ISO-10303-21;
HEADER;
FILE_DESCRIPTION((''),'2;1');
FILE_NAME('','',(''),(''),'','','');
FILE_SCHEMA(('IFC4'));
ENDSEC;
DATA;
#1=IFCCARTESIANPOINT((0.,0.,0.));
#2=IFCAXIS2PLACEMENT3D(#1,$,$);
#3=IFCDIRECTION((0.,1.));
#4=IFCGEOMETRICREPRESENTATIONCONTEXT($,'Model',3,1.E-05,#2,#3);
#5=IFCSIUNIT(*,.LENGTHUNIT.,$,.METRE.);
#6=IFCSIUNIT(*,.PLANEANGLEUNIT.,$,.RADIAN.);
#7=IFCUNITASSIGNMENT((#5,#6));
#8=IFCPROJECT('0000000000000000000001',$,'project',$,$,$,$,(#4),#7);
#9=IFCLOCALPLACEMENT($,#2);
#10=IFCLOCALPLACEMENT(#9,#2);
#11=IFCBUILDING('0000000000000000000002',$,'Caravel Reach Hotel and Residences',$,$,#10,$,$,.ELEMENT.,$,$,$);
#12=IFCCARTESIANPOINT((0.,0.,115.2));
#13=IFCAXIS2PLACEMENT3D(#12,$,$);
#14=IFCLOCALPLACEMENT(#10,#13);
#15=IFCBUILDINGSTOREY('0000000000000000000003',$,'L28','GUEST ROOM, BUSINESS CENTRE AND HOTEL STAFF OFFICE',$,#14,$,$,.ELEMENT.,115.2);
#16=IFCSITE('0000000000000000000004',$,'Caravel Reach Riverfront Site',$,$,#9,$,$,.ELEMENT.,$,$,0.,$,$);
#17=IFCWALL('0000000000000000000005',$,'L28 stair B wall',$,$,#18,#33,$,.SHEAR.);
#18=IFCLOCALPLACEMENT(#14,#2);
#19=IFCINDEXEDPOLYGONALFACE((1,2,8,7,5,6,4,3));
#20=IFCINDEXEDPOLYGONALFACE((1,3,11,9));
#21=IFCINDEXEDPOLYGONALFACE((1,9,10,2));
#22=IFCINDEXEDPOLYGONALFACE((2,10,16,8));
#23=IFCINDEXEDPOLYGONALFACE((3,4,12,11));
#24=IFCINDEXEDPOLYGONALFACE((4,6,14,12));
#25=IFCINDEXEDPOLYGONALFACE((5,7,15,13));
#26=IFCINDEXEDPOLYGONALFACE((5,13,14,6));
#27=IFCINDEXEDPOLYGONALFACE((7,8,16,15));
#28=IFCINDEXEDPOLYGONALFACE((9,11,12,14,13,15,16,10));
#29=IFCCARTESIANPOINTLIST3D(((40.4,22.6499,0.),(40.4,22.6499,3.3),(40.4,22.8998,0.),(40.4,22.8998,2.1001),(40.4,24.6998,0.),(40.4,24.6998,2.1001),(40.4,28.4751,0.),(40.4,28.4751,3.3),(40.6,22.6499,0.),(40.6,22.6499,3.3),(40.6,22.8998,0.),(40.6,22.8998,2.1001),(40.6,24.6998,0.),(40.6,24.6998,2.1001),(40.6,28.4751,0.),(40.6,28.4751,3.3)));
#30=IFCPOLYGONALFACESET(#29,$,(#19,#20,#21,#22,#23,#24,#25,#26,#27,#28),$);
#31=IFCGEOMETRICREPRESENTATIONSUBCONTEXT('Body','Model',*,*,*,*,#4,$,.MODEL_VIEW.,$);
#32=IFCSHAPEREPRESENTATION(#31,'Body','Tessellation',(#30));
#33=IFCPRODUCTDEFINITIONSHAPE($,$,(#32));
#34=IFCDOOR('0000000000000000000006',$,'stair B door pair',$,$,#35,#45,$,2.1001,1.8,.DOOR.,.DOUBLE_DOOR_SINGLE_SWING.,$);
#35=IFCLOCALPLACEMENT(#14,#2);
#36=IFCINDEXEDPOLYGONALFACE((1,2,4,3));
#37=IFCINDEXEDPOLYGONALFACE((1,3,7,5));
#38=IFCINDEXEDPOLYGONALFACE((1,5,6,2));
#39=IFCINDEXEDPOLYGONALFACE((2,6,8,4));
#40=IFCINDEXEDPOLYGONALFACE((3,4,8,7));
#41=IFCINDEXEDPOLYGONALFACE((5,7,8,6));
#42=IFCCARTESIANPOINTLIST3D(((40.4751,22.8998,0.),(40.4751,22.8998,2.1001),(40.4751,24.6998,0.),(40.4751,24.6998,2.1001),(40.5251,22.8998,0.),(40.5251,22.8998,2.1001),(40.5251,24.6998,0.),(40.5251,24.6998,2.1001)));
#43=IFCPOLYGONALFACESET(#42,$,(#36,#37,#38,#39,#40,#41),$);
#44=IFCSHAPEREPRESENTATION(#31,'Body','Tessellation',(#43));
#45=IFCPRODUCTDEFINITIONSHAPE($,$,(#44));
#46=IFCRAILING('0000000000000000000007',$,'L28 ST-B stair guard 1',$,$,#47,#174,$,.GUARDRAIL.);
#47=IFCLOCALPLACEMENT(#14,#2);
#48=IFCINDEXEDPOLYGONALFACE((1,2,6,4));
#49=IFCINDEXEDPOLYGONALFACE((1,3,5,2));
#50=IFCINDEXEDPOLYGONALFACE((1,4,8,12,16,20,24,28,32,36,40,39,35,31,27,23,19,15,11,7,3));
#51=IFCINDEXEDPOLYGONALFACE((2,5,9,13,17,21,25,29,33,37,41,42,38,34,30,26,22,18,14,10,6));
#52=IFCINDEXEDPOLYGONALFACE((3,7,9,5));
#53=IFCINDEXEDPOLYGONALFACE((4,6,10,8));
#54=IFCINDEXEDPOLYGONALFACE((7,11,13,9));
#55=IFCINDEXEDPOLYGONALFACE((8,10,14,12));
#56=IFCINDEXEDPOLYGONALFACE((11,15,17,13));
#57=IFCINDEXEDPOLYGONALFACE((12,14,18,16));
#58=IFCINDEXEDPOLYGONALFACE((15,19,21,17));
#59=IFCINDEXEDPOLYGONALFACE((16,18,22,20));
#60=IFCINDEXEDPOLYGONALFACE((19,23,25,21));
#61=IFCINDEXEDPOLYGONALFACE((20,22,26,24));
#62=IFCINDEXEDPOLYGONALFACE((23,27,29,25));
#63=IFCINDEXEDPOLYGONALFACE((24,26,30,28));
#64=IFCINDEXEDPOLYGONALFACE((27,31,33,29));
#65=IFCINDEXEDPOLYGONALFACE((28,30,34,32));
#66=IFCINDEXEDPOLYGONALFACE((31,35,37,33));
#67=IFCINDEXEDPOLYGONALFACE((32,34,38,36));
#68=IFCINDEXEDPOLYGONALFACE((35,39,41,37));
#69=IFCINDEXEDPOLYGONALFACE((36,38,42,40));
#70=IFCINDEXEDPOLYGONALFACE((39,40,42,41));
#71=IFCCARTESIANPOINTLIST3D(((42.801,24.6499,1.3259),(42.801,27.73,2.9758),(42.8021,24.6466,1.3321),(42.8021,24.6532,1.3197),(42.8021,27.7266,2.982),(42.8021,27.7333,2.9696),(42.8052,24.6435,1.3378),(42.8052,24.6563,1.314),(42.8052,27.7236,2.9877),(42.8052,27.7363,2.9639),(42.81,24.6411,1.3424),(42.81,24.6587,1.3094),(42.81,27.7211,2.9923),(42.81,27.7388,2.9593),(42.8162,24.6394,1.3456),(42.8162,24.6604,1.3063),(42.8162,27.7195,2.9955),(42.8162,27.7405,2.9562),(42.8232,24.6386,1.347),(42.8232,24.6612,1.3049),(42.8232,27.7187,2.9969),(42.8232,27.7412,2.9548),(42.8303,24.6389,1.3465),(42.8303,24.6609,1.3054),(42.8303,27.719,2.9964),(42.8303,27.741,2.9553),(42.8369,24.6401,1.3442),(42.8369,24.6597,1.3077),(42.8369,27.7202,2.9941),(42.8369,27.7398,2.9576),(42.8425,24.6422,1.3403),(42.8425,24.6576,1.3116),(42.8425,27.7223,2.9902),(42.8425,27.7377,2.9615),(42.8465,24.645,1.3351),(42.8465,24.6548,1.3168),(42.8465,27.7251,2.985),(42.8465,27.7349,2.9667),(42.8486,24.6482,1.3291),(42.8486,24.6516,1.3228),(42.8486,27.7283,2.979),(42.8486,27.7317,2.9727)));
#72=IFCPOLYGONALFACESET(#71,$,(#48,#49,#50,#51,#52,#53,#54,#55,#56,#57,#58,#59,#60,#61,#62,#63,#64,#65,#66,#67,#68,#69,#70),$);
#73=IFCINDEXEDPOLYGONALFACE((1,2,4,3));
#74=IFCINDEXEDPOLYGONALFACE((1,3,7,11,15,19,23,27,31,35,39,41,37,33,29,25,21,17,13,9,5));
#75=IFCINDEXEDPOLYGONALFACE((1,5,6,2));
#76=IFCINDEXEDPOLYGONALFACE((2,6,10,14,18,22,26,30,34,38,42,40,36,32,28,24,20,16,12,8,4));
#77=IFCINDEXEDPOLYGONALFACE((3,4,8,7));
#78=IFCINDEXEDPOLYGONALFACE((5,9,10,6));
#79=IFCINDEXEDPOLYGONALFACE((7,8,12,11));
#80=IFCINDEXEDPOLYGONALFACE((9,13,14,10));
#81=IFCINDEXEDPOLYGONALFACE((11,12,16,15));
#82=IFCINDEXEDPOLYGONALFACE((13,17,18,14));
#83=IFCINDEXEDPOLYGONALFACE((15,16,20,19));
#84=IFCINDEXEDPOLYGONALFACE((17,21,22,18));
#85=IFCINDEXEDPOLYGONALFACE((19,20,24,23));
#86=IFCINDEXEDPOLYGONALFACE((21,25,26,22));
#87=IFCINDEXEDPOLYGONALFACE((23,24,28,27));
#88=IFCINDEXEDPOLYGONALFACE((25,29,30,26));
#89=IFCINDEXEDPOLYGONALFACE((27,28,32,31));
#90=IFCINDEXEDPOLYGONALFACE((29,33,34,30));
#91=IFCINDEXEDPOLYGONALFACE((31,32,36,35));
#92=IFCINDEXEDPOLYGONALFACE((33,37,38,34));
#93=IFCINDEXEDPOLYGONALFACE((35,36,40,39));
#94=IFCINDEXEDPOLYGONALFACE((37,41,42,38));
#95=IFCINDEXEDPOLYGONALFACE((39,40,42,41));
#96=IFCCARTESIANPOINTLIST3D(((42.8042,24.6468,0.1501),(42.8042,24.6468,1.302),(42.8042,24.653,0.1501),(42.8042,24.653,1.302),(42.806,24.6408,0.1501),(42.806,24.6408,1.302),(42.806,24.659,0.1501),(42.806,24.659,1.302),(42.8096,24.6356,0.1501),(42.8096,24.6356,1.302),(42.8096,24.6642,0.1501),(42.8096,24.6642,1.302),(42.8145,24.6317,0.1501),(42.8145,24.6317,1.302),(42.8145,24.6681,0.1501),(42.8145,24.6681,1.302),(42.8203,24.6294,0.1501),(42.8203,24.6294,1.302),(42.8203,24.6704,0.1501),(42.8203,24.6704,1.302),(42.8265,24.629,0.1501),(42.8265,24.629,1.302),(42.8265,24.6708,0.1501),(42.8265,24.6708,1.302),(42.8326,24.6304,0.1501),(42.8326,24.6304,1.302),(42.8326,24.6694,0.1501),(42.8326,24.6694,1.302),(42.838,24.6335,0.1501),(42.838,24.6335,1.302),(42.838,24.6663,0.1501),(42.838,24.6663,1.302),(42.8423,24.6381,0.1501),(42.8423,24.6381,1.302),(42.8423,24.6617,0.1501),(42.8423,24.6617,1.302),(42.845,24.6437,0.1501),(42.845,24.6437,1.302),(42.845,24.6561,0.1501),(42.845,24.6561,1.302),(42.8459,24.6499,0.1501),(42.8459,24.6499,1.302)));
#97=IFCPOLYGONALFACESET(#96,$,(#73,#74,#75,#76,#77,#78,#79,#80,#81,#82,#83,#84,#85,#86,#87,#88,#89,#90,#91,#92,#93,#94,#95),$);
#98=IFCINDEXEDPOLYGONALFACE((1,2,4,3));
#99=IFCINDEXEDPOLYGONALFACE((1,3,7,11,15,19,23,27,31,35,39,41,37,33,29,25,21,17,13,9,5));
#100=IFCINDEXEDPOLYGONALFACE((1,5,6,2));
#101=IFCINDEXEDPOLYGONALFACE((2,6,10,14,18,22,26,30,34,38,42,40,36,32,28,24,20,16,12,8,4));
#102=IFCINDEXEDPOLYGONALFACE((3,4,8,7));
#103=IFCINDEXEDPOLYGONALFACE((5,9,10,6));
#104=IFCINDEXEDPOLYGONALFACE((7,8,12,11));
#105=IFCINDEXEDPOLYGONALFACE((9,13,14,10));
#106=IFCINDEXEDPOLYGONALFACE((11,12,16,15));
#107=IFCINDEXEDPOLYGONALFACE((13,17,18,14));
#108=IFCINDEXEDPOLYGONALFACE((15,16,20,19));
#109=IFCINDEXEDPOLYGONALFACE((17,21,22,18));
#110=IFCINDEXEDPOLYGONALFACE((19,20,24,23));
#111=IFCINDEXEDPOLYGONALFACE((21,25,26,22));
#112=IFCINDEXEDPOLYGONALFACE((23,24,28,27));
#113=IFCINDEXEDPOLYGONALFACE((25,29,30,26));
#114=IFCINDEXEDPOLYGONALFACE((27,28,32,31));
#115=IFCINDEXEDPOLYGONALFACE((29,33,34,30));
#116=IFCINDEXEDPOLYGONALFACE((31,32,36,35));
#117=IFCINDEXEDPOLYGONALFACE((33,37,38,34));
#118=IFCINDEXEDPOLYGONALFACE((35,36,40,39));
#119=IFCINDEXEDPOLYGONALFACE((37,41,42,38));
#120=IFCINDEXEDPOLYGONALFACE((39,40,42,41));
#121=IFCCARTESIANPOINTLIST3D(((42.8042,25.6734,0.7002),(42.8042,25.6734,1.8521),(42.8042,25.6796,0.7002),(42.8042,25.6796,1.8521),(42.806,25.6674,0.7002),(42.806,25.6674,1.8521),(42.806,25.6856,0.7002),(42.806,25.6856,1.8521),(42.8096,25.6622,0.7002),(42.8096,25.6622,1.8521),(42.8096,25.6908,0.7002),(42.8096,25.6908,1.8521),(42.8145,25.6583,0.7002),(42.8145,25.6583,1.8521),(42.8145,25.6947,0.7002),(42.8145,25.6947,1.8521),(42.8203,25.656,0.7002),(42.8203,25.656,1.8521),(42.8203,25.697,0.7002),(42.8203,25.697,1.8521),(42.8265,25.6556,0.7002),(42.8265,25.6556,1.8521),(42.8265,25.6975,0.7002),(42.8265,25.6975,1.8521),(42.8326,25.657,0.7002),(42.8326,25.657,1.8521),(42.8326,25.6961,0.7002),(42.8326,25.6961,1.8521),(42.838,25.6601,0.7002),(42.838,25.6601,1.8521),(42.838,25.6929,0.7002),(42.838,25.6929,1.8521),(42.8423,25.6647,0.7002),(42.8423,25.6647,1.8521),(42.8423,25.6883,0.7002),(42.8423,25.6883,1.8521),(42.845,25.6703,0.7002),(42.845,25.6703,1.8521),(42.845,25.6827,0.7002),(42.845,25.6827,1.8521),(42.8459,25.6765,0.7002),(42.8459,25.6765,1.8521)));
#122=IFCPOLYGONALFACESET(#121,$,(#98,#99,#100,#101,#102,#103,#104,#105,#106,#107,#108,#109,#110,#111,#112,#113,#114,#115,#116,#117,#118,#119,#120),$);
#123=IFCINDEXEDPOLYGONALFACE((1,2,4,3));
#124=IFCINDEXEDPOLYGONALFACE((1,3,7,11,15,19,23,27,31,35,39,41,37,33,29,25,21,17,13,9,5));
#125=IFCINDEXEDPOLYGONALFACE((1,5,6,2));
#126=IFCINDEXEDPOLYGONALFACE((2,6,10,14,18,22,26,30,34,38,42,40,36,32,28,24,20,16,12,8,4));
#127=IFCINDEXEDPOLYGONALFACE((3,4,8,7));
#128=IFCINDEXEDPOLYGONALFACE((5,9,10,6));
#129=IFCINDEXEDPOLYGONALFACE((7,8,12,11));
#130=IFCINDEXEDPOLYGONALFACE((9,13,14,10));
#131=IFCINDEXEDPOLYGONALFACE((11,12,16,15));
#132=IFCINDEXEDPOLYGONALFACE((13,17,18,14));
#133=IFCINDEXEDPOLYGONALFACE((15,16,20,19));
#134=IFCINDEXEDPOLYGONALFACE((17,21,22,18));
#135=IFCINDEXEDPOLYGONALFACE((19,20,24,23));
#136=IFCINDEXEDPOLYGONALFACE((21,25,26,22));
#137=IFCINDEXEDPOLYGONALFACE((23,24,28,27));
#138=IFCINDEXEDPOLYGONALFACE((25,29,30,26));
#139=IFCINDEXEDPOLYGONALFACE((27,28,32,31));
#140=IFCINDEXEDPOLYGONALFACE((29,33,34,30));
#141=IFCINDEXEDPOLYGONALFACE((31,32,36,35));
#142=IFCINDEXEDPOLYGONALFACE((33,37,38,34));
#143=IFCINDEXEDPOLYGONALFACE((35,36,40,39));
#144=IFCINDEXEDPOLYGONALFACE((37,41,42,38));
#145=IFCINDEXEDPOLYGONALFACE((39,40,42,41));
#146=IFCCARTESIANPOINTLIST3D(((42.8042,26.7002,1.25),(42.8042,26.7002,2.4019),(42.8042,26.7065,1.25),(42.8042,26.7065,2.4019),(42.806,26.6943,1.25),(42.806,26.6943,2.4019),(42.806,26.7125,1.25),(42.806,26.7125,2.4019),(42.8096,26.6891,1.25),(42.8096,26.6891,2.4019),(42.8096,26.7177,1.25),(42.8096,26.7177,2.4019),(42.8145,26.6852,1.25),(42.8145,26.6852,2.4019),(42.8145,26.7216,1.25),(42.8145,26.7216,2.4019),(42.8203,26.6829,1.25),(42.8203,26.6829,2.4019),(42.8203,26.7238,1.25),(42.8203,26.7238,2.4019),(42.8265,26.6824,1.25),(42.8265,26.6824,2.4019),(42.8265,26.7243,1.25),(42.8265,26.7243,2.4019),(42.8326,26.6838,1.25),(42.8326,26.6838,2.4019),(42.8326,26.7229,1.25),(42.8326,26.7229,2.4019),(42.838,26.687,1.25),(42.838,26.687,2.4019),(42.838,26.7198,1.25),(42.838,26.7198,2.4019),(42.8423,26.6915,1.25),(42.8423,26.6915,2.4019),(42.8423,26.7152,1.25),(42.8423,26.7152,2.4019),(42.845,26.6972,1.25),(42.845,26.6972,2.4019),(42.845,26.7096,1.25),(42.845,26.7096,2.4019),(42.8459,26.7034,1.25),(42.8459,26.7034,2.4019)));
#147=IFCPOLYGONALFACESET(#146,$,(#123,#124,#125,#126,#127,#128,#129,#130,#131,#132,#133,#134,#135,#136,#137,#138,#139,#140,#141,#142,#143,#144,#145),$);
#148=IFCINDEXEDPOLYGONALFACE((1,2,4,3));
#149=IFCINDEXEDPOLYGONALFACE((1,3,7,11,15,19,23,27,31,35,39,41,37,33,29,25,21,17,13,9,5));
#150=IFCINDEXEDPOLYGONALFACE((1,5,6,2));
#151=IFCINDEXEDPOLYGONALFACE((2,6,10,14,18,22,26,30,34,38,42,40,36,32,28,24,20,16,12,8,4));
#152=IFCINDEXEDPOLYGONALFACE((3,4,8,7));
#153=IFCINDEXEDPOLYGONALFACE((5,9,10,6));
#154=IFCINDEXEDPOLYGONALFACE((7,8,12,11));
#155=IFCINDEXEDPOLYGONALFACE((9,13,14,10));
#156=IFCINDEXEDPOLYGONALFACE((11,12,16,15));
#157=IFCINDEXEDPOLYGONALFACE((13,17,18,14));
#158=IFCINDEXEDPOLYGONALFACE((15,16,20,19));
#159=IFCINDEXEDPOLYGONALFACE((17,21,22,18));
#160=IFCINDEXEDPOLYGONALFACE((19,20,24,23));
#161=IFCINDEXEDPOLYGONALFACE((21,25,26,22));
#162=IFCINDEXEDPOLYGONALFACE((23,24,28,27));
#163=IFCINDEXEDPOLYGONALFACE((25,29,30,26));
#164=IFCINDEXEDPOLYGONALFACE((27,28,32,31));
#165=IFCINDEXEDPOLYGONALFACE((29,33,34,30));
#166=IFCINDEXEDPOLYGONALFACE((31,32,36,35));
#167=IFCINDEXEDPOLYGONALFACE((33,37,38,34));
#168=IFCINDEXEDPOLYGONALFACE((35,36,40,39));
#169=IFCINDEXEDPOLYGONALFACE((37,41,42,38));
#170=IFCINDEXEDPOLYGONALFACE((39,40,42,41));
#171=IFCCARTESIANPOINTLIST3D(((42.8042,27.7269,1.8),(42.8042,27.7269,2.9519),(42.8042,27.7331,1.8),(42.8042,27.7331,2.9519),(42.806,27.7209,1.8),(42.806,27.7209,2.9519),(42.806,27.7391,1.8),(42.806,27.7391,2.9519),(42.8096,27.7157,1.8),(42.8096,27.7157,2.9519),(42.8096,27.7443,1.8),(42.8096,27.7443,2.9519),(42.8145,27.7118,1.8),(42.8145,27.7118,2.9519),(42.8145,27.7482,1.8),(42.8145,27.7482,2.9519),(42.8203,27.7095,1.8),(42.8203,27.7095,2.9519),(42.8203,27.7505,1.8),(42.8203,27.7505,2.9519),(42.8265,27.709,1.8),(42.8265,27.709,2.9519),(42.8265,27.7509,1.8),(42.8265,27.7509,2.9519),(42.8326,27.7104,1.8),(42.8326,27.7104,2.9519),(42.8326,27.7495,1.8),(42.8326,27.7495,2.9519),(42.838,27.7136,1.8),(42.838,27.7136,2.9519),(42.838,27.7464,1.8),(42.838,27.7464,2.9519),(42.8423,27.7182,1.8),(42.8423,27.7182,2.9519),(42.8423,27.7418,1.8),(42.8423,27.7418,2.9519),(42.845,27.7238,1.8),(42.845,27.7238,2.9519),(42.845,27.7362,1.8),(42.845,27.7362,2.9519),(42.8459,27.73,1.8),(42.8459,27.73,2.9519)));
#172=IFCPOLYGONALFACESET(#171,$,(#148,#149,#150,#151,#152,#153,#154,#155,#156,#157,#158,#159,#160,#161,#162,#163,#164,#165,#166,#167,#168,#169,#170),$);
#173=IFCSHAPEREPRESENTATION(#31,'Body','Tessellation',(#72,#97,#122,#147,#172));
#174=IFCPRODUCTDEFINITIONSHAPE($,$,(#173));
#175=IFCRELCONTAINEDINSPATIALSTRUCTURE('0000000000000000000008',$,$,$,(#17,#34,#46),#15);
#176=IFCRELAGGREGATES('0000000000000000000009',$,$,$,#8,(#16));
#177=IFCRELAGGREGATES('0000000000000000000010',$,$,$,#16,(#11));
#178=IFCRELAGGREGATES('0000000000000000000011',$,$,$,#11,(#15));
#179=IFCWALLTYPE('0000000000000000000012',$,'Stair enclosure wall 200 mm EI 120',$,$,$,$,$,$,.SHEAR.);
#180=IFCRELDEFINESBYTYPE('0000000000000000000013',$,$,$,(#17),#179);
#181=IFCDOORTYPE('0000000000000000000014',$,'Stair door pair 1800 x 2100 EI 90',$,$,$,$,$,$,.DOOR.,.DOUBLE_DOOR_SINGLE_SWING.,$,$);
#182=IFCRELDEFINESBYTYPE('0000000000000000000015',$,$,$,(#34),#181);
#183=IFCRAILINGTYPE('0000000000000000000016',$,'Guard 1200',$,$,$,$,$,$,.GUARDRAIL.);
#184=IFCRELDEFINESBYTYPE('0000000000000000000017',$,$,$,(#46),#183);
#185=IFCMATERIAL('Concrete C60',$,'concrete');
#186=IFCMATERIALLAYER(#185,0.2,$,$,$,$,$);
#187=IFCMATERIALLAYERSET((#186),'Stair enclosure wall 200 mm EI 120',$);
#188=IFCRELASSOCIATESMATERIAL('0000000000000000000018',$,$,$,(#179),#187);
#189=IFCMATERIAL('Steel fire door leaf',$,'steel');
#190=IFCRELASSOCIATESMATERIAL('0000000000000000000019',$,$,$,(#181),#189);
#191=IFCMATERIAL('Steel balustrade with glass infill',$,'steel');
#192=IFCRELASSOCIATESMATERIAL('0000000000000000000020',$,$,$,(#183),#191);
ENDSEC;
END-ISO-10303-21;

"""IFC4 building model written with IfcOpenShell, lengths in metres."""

from ifc_helpers import new_model, si_unit, direction, frame, frame_2d, origin, origin_2d, place, context, subcontext, project, spatial, rectangle, circle, extrude, material, layer, layer_set, type_object, element, fill, save


model = new_model("IFC4")

# Units and contexts
model_context = context("Model", 3, precision=1e-05, world=origin(), true_north=direction((0.0, 1.0)))
body_context = subcontext(model_context, "Body", "Model", "MODEL_VIEW")
ifc_project = project(units=[si_unit("LENGTHUNIT", "METRE"), si_unit("PLANEANGLEUNIT", "RADIAN")], contexts=[model_context])

# Site, building, storey
site_placement = place(None, origin())
site = spatial("IfcSite", under=ifc_project, at=site_placement, Name="Caravel Reach Riverfront Site", CompositionType="ELEMENT", RefElevation=0.0)
building_placement = place(site_placement, origin())
building = spatial("IfcBuilding", under=site, at=building_placement, Name="Caravel Reach Hotel and Residences", CompositionType="ELEMENT")
storey_placement = place(building_placement, frame((0.0, 0.0, 115.2)))
storey = spatial("IfcBuildingStorey", under=building, at=storey_placement, Name="L28", Description="GUEST ROOM, BUSINESS CENTRE AND HOTEL STAFF OFFICE", CompositionType="ELEMENT", Elevation=115.2)

# Wall, opening, door
ifc_material_1 = material(Name="Concrete C60", Category="concrete")
ifc_layer_1 = layer(ifc_material_1, 0.2)
ifc_layer_set_1 = layer_set([ifc_layer_1], Name="Stair enclosure wall 200 mm EI 120")
wall_type_1 = type_object("IfcWallType", Name="Stair enclosure wall 200 mm EI 120", PredefinedType="SHEAR", material=ifc_layer_set_1)
wall_1_placement = place(storey_placement, frame((40.5, 22.6499, 0.0), z_axis=(0.0, 0.0, 1.0), x_axis=(0.0, 1.0, 0.0)))
wall_1 = element("IfcWall", 1, at=wall_1_placement, inside=storey, type_object=wall_type_1, Name="L28 stair B wall", PredefinedType="SHEAR", context=body_context, shape_type="SweptSolid", body=[
    extrude(rectangle(XDim=5.8252, YDim=0.2, at=frame_2d((2.9126, 0.0))), origin(), (0.0, 0.0, 1.0), 3.3),
])
opening_1_placement = place(wall_1_placement, frame((0.25, 0.0, 0.0)))
opening_1 = element("IfcOpeningElement", 2, at=opening_1_placement, cuts=wall_1, PredefinedType="OPENING", context=body_context, shape_type="SweptSolid", body=[
    extrude(rectangle(XDim=1.8, YDim=2.1001, at=frame_2d((0.8999, 1.05))), frame((0.0, 0.1099, 0.0), z_axis=(0.0, -1.0, 0.0), x_axis=(1.0, 0.0, 0.0)), (0.0, 0.0, 1.0), 0.22),
])
ifc_material_2 = material(Name="Steel fire door leaf", Category="steel")
door_type_1 = type_object("IfcDoorType", Name="Stair door pair 1800 x 2100 EI 90", OperationType="DOUBLE_DOOR_SINGLE_SWING", PredefinedType="DOOR", material=ifc_material_2)
door_1_placement = place(opening_1_placement, origin())
door_1 = element("IfcDoor", 3, at=door_1_placement, inside=storey, type_object=door_type_1, Name="stair B door pair", OperationType="DOUBLE_DOOR_SINGLE_SWING", OverallHeight=2.1001, OverallWidth=1.8, PredefinedType="DOOR", context=body_context, shape_type="SweptSolid", body=[
    extrude(rectangle(XDim=1.8, YDim=2.1001, at=frame_2d((0.8999, 1.05))), frame((0.0, 0.0249, 0.0), z_axis=(0.0, -1.0, 0.0), x_axis=(1.0, 0.0, 0.0)), (0.0, 0.0, 1.0), 0.05),
])
fill(opening_1, door_1)

# Railing
ifc_material_3 = material(Name="Steel balustrade with glass infill", Category="steel")
railing_type_1 = type_object("IfcRailingType", Name="Guard 1200", PredefinedType="GUARDRAIL", material=ifc_material_3)
railing_1_placement = place(storey_placement, frame((42.825, 24.6499, 0.1501)))
element("IfcRailing", 4, at=railing_1_placement, inside=storey, type_object=railing_type_1, Name="L28 ST-B stair guard 1", PredefinedType="GUARDRAIL", context=body_context, shape_type="SweptSolid", body=[
    extrude(circle(Radius=0.0239, at=origin_2d()), frame((0.0, 0.0, 1.1758), z_axis=(0.0, 0.881497, 0.47219), x_axis=(-1.0, 0.0, 0.0)), (0.0, 0.0, 1.0), 3.4941),
    extrude(circle(Radius=0.021, at=origin_2d()), origin(), (0.0, 0.0, 1.0), 1.1519),
    extrude(circle(Radius=0.021, at=origin_2d()), frame((0.0, 1.0266, 0.55)), (0.0, 0.0, 1.0), 1.1519),
    extrude(circle(Radius=0.021, at=origin_2d()), frame((0.0, 2.0535, 1.0999)), (0.0, 0.0, 1.0), 1.1519),
    extrude(circle(Radius=0.021, at=origin_2d()), frame((0.0, 3.0801, 1.6499)), (0.0, 0.0, 1.0), 1.1519),
])

save(model, "model.ifc")
